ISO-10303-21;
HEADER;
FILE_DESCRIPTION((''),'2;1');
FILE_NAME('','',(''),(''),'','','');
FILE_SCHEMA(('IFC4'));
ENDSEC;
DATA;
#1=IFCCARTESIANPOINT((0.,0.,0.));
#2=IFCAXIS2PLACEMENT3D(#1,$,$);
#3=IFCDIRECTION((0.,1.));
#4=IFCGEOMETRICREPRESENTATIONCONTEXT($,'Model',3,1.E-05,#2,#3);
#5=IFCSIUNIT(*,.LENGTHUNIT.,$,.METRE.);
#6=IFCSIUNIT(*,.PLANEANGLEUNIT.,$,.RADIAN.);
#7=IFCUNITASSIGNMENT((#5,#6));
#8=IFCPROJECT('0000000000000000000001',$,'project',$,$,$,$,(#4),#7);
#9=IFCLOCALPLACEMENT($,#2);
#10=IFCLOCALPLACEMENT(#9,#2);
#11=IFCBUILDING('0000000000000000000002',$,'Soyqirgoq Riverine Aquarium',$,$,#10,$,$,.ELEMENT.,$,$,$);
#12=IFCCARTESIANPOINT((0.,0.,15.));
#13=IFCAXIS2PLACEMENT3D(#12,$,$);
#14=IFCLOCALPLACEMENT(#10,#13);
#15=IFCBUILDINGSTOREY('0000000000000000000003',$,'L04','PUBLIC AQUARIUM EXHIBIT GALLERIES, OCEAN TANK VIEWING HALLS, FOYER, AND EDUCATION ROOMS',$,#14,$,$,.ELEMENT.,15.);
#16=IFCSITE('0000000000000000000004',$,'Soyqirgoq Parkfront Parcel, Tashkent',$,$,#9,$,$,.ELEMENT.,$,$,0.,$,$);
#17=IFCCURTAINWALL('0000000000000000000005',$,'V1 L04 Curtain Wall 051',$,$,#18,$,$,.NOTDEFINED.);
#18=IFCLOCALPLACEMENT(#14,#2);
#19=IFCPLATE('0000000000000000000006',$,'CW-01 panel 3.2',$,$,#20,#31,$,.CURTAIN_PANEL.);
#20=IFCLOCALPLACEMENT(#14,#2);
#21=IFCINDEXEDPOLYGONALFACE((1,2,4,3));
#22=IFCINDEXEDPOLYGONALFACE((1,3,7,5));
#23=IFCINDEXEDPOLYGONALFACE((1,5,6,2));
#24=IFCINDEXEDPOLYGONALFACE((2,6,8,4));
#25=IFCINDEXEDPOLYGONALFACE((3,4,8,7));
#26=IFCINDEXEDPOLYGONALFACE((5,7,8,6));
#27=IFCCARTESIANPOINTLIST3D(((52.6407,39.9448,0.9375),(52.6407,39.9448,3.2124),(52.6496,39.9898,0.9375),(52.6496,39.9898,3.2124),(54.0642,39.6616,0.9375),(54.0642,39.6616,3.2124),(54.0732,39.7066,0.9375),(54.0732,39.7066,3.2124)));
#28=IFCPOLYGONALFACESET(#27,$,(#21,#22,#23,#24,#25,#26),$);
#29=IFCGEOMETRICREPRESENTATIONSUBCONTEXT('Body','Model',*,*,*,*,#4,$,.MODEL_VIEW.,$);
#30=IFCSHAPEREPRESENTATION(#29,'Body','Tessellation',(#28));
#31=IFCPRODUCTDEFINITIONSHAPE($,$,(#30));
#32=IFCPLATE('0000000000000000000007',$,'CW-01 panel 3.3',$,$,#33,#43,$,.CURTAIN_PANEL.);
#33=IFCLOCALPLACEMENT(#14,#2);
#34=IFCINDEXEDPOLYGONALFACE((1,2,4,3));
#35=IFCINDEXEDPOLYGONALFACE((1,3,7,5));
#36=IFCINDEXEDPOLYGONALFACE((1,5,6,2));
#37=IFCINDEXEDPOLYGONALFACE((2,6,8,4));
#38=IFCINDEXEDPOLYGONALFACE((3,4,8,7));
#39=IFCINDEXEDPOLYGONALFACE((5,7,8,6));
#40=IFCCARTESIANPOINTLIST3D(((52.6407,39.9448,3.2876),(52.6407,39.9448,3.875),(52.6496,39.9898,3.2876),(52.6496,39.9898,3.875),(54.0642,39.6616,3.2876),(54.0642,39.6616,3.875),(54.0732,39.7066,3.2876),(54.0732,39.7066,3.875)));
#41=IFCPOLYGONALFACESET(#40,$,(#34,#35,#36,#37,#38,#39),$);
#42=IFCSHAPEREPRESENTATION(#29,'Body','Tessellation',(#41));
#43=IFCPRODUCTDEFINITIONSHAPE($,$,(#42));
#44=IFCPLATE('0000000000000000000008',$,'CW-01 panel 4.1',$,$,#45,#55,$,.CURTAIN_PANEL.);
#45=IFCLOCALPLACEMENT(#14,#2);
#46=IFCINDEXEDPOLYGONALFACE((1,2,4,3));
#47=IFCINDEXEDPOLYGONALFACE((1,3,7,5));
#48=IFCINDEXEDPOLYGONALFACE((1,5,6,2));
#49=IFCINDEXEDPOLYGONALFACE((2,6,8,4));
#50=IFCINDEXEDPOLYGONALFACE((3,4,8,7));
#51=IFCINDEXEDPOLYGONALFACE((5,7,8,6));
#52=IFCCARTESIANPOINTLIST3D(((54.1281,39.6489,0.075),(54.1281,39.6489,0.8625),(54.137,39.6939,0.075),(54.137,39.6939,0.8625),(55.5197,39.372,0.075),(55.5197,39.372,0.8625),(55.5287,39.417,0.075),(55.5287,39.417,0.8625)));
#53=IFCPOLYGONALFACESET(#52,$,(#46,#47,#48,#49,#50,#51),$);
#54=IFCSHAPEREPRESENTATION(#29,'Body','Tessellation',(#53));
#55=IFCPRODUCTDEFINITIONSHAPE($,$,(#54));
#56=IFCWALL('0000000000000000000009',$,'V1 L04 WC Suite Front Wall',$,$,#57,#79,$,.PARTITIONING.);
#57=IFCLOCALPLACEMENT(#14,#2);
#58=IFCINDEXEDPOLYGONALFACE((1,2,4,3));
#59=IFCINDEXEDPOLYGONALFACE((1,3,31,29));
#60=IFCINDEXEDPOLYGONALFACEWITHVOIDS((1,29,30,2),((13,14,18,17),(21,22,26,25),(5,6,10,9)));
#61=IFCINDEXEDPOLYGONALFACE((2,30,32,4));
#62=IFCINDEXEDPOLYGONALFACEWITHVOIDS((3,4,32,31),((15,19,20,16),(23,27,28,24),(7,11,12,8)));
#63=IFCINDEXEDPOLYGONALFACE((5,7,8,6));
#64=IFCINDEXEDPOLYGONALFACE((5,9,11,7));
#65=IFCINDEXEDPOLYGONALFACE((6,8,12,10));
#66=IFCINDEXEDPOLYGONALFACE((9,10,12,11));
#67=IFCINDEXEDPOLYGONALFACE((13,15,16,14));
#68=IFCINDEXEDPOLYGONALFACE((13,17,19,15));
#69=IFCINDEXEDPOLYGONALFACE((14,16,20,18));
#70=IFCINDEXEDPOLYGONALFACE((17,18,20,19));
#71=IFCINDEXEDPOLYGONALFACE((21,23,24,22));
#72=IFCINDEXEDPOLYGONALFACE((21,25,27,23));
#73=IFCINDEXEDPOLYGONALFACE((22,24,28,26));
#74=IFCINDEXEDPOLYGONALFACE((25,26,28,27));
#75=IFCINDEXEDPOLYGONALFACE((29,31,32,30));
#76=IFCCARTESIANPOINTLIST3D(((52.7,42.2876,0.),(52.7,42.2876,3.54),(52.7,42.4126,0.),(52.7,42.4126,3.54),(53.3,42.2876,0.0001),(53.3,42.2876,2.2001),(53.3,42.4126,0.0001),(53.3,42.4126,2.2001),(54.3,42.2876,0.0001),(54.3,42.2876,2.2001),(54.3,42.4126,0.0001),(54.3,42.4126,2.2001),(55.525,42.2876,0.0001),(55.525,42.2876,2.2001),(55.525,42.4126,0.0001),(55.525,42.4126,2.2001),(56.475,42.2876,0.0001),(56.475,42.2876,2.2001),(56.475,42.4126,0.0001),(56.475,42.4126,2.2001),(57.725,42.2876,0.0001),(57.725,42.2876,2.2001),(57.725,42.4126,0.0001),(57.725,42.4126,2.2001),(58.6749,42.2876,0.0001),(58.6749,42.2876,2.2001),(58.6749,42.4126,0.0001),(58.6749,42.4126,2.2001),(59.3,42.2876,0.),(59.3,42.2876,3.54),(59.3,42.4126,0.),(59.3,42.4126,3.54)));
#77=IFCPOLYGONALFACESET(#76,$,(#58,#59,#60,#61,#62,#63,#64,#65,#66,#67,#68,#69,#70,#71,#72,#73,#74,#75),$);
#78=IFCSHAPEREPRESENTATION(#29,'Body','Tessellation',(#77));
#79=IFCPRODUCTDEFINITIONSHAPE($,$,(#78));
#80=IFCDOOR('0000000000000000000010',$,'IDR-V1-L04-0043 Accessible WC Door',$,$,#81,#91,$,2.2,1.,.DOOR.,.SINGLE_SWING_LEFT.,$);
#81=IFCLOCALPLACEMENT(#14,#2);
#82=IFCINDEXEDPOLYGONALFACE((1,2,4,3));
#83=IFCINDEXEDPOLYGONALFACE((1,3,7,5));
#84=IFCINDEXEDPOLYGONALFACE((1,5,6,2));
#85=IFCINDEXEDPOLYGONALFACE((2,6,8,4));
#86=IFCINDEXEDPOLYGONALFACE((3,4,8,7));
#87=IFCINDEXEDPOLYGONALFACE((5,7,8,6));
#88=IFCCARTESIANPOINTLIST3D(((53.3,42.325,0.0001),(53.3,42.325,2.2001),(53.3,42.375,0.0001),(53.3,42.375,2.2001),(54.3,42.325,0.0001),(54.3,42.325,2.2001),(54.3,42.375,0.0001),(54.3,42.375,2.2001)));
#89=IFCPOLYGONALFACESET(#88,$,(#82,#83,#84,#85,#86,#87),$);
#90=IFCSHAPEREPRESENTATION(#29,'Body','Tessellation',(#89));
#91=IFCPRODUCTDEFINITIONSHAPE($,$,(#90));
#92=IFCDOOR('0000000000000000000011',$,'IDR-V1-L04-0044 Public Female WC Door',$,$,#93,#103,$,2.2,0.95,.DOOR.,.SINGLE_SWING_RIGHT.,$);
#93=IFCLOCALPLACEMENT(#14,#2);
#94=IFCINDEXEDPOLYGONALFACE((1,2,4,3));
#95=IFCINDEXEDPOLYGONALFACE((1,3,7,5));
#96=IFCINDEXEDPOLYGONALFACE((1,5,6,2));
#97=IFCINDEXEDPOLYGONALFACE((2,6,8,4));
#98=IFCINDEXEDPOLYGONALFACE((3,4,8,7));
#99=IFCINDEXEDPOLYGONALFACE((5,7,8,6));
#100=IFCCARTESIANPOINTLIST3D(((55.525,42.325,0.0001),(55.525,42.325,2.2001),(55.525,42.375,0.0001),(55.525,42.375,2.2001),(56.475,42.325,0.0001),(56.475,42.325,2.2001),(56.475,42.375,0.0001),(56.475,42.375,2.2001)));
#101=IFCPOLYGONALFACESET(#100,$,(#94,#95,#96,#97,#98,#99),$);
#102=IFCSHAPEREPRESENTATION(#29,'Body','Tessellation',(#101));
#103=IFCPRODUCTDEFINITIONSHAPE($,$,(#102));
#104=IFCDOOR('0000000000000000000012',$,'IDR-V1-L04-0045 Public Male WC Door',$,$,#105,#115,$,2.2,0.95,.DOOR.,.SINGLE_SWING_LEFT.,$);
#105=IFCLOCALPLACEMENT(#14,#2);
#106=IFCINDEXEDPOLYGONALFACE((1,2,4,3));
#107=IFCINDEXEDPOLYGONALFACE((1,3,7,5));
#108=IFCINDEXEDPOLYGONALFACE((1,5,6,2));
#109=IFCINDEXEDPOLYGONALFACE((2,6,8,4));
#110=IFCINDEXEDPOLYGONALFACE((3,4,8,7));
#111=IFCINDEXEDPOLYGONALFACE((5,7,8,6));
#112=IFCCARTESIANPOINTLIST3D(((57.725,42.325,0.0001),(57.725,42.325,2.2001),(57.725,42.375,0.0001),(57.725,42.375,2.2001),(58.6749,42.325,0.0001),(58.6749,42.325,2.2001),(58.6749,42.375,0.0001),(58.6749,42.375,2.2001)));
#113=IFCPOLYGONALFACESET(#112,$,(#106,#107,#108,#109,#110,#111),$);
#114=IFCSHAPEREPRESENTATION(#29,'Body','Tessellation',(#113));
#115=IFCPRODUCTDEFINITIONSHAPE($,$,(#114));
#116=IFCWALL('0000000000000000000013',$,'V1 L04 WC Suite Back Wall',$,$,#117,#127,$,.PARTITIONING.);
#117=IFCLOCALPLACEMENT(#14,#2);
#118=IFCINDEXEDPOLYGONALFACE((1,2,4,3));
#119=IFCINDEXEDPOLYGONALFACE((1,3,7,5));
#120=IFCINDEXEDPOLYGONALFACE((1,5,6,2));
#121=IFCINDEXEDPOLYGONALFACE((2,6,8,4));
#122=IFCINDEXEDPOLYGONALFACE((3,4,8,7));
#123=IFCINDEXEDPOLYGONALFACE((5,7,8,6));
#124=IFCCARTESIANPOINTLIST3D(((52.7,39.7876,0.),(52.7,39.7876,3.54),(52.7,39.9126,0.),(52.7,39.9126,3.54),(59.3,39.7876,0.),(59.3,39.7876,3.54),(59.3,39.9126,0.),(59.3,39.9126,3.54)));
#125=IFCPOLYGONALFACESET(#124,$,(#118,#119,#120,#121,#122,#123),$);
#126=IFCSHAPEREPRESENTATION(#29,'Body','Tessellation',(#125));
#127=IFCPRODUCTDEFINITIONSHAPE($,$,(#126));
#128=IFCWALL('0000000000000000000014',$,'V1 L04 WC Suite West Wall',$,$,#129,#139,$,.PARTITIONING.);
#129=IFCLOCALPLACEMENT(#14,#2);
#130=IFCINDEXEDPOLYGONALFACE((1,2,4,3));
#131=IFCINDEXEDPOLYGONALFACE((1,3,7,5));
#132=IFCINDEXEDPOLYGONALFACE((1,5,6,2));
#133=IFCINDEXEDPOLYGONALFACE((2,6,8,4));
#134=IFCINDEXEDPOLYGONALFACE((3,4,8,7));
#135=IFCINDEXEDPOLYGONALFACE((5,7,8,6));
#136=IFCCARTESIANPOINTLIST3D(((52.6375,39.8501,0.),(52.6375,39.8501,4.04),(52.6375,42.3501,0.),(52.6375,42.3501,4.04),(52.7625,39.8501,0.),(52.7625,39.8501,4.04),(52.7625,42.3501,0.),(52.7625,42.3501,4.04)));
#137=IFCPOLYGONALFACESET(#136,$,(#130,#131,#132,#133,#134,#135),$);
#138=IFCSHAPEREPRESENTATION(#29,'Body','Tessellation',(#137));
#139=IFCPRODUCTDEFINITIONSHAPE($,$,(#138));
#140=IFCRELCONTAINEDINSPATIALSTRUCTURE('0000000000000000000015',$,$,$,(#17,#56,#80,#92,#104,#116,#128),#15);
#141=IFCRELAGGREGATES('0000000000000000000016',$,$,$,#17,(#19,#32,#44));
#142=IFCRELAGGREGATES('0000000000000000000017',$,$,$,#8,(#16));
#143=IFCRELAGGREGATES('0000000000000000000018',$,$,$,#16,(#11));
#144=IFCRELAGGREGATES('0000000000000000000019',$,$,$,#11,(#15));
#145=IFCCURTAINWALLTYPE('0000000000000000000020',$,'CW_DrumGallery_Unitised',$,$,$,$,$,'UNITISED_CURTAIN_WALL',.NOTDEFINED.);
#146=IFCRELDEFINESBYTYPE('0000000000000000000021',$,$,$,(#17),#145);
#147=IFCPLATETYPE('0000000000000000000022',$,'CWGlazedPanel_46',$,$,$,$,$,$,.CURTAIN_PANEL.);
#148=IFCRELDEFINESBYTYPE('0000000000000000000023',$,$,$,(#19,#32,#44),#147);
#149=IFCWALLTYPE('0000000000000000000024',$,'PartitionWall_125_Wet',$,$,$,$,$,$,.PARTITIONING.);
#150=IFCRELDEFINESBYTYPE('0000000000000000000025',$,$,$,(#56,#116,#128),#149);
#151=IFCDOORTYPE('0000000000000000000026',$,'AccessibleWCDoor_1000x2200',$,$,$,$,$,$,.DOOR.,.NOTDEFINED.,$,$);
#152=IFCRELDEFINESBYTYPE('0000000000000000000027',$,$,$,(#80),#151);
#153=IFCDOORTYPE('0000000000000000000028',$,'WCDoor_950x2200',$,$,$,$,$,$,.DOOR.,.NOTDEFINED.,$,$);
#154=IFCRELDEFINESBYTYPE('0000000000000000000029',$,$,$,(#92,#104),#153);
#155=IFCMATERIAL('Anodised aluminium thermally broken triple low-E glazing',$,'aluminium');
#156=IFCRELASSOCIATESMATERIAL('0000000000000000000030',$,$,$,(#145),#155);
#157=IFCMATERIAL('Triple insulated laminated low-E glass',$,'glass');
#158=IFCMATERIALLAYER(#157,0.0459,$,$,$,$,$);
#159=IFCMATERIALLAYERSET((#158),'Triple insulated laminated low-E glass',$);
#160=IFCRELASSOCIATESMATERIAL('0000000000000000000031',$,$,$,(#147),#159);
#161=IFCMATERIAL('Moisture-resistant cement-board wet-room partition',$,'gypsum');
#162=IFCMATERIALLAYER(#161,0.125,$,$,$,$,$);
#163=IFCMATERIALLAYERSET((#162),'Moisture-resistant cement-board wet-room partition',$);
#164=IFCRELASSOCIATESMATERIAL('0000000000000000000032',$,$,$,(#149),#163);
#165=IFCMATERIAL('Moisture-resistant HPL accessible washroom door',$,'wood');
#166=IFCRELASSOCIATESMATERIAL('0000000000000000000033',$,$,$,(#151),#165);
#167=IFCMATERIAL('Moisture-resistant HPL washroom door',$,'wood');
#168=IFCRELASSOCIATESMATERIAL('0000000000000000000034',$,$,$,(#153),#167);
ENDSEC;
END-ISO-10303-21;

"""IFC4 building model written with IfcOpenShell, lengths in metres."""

from ifc_helpers import new_model, si_unit, direction, frame, frame_2d, origin, origin_2d, place, context, subcontext, project, spatial, rectangle, extrude, material, layer, layer_set, type_object, element, fill, aggregate, save


model = new_model("IFC4")

# Units and contexts
model_context = context("Model", 3, precision=1e-05, world=origin(), true_north=direction((0.0, 1.0)))
body_context = subcontext(model_context, "Body", "Model", "MODEL_VIEW")
ifc_project = project(units=[si_unit("LENGTHUNIT", "METRE"), si_unit("PLANEANGLEUNIT", "RADIAN")], contexts=[model_context])

# Site, building, storey
site_placement = place(None, origin())
site = spatial("IfcSite", under=ifc_project, at=site_placement, Name="Soyqirgoq Parkfront Parcel, Tashkent", CompositionType="ELEMENT", RefElevation=0.0)
building_placement = place(site_placement, origin())
building = spatial("IfcBuilding", under=site, at=building_placement, Name="Soyqirgoq Riverine Aquarium", CompositionType="ELEMENT")
storey_placement = place(building_placement, frame((0.0, 0.0, 15.0)))
storey = spatial("IfcBuildingStorey", under=building, at=storey_placement, Name="L04", Description="PUBLIC AQUARIUM EXHIBIT GALLERIES, OCEAN TANK VIEWING HALLS, FOYER, AND EDUCATION ROOMS", CompositionType="ELEMENT", Elevation=15.0)

# Curtain wall, plates
ifc_material_1 = material(Name="Anodised aluminium thermally broken triple low-E glazing", Category="aluminium")
curtain_wall_type = type_object("IfcCurtainWallType", Name="CW_DrumGallery_Unitised", ElementType="UNITISED_CURTAIN_WALL", PredefinedType="NOTDEFINED", material=ifc_material_1)
curtain_wall_placement = place(storey_placement, origin())
curtain_wall = element("IfcCurtainWall", 1, at=curtain_wall_placement, inside=storey, type_object=curtain_wall_type, Name="V1 L04 Curtain Wall 051", PredefinedType="NOTDEFINED")
ifc_material_2 = material(Name="Triple insulated laminated low-E glass", Category="glass")
ifc_layer_1 = layer(ifc_material_2, 0.0459)
ifc_layer_set_1 = layer_set([ifc_layer_1], Name="Triple insulated laminated low-E glass")
plate_type = type_object("IfcPlateType", Name="CWGlazedPanel_46", PredefinedType="CURTAIN_PANEL", material=ifc_layer_set_1)
plate_1_placement = place(storey_placement, frame((53.3569, 39.8257, 0.9375), z_axis=(0.0, 0.0, 1.0), x_axis=(0.980783, -0.195102, 0.0)))
plate_1 = element("IfcPlate", 2, at=plate_1_placement, type_object=plate_type, Name="CW-01 panel 3.2", PredefinedType="CURTAIN_PANEL", context=body_context, shape_type="SweptSolid", body=[
    extrude(rectangle(XDim=1.4514, YDim=0.0459, at=origin_2d()), origin(), (0.0, 0.0, 1.0), 2.2749),
])
plate_2_placement = place(storey_placement, frame((53.3569, 39.8257, 3.2876), z_axis=(0.0, 0.0, 1.0), x_axis=(0.980783, -0.195102, 0.0)))
plate_2 = element("IfcPlate", 3, at=plate_2_placement, type_object=plate_type, Name="CW-01 panel 3.3", PredefinedType="CURTAIN_PANEL", context=body_context, shape_type="SweptSolid", body=[
    extrude(rectangle(XDim=1.4514, YDim=0.0459, at=origin_2d()), origin(), (0.0, 0.0, 1.0), 0.5874),
])
plate_3_placement = place(storey_placement, frame((54.8284, 39.533, 0.075), z_axis=(0.0, 0.0, 1.0), x_axis=(0.980783, -0.195102, 0.0)))
plate_3 = element("IfcPlate", 4, at=plate_3_placement, type_object=plate_type, Name="CW-01 panel 4.1", PredefinedType="CURTAIN_PANEL", context=body_context, shape_type="SweptSolid", body=[
    extrude(rectangle(XDim=1.4189, YDim=0.0459, at=origin_2d()), origin(), (0.0, 0.0, 1.0), 0.7876),
])
aggregate(curtain_wall, [plate_1, plate_2, plate_3])

# Wall, openings, doors
ifc_material_3 = material(Name="Moisture-resistant cement-board wet-room partition", Category="gypsum")
ifc_layer_2 = layer(ifc_material_3, 0.125)
ifc_layer_set_2 = layer_set([ifc_layer_2], Name="Moisture-resistant cement-board wet-room partition")
wall_type = type_object("IfcWallType", Name="PartitionWall_125_Wet", PredefinedType="PARTITIONING", material=ifc_layer_set_2)
wall_1_placement = place(storey_placement, frame((52.7, 42.3501, 0.0), z_axis=(0.0, 0.0, 1.0), x_axis=(1.0, 0.0, 0.0)))
wall_1 = element("IfcWall", 5, at=wall_1_placement, inside=storey, type_object=wall_type, Name="V1 L04 WC Suite Front Wall", PredefinedType="PARTITIONING", context=body_context, shape_type="SweptSolid", body=[
    extrude(rectangle(XDim=6.6001, YDim=0.125, at=frame_2d((3.3, 0.0))), origin(), (0.0, 0.0, 1.0), 3.54),
])
opening_1_placement = place(wall_1_placement, frame((0.6001, 0.0, 0.0)))
opening_1 = element("IfcOpeningElement", 6, at=opening_1_placement, cuts=wall_1, PredefinedType="OPENING", context=body_context, shape_type="SweptSolid", body=[
    extrude(rectangle(XDim=1.0, YDim=2.2, at=frame_2d((0.5, 1.1001))), frame((0.0, 0.0725, 0.0), z_axis=(0.0, -1.0, 0.0), x_axis=(1.0, 0.0, 0.0)), (0.0, 0.0, 1.0), 0.145),
])
opening_2_placement = place(wall_1_placement, frame((2.825, 0.0, 0.0)))
opening_2 = element("IfcOpeningElement", 7, at=opening_2_placement, cuts=wall_1, PredefinedType="OPENING", context=body_context, shape_type="SweptSolid", body=[
    extrude(rectangle(XDim=0.95, YDim=2.2, at=frame_2d((0.4751, 1.1001))), frame((0.0, 0.0725, 0.0), z_axis=(0.0, -1.0, 0.0), x_axis=(1.0, 0.0, 0.0)), (0.0, 0.0, 1.0), 0.145),
])
opening_3_placement = place(wall_1_placement, frame((5.0249, 0.0, 0.0)))
opening_3 = element("IfcOpeningElement", 8, at=opening_3_placement, cuts=wall_1, PredefinedType="OPENING", context=body_context, shape_type="SweptSolid", body=[
    extrude(rectangle(XDim=0.95, YDim=2.2, at=frame_2d((0.4751, 1.1001))), frame((0.0, 0.0725, 0.0), z_axis=(0.0, -1.0, 0.0), x_axis=(1.0, 0.0, 0.0)), (0.0, 0.0, 1.0), 0.145),
])
ifc_material_4 = material(Name="Moisture-resistant HPL accessible washroom door", Category="wood")
door_type_1 = type_object("IfcDoorType", Name="AccessibleWCDoor_1000x2200", OperationType="NOTDEFINED", PredefinedType="DOOR", material=ifc_material_4)
door_1_placement = place(opening_1_placement, origin())
door_1 = element("IfcDoor", 9, at=door_1_placement, inside=storey, type_object=door_type_1, Name="IDR-V1-L04-0043 Accessible WC Door", OperationType="SINGLE_SWING_LEFT", OverallHeight=2.2, OverallWidth=1.0, PredefinedType="DOOR", context=body_context, shape_type="SweptSolid", body=[
    extrude(rectangle(XDim=1.0, YDim=2.2, at=frame_2d((0.5, 1.1001))), frame((0.0, 0.0249, 0.0), z_axis=(0.0, -1.0, 0.0), x_axis=(1.0, 0.0, 0.0)), (0.0, 0.0, 1.0), 0.05),
])
fill(opening_1, door_1)
ifc_material_5 = material(Name="Moisture-resistant HPL washroom door", Category="wood")
door_type_2 = type_object("IfcDoorType", Name="WCDoor_950x2200", OperationType="NOTDEFINED", PredefinedType="DOOR", material=ifc_material_5)
door_2_placement = place(opening_2_placement, origin())
door_2 = element("IfcDoor", 10, at=door_2_placement, inside=storey, type_object=door_type_2, Name="IDR-V1-L04-0044 Public Female WC Door", OperationType="SINGLE_SWING_RIGHT", OverallHeight=2.2, OverallWidth=0.95, PredefinedType="DOOR", context=body_context, shape_type="SweptSolid", body=[
    extrude(rectangle(XDim=0.95, YDim=2.2, at=frame_2d((0.4751, 1.1001))), frame((0.0, 0.0249, 0.0), z_axis=(0.0, -1.0, 0.0), x_axis=(1.0, 0.0, 0.0)), (0.0, 0.0, 1.0), 0.05),
])
fill(opening_2, door_2)
door_3_placement = place(opening_3_placement, origin())
door_3 = element("IfcDoor", 11, at=door_3_placement, inside=storey, type_object=door_type_2, Name="IDR-V1-L04-0045 Public Male WC Door", OperationType="SINGLE_SWING_LEFT", OverallHeight=2.2, OverallWidth=0.95, PredefinedType="DOOR", context=body_context, shape_type="SweptSolid", body=[
    extrude(rectangle(XDim=0.95, YDim=2.2, at=frame_2d((0.4751, 1.1001))), frame((0.0, 0.0249, 0.0), z_axis=(0.0, -1.0, 0.0), x_axis=(1.0, 0.0, 0.0)), (0.0, 0.0, 1.0), 0.05),
])
fill(opening_3, door_3)

# Walls
wall_2_placement = place(storey_placement, frame((52.7, 39.8501, 0.0), z_axis=(0.0, 0.0, 1.0), x_axis=(1.0, 0.0, 0.0)))
element("IfcWall", 12, at=wall_2_placement, inside=storey, type_object=wall_type, Name="V1 L04 WC Suite Back Wall", PredefinedType="PARTITIONING", context=body_context, shape_type="SweptSolid", body=[
    extrude(rectangle(XDim=6.6001, YDim=0.125, at=frame_2d((3.3, 0.0))), origin(), (0.0, 0.0, 1.0), 3.54),
])
wall_3_placement = place(storey_placement, frame((52.7, 39.8501, 0.0), z_axis=(0.0, 0.0, 1.0), x_axis=(0.0, 1.0, 0.0)))
element("IfcWall", 13, at=wall_3_placement, inside=storey, type_object=wall_type, Name="V1 L04 WC Suite West Wall", PredefinedType="PARTITIONING", context=body_context, shape_type="SweptSolid", body=[
    extrude(rectangle(XDim=2.5, YDim=0.125, at=frame_2d((1.25, 0.0))), origin(), (0.0, 0.0, 1.0), 4.04),
])

save(model, "model.ifc")
